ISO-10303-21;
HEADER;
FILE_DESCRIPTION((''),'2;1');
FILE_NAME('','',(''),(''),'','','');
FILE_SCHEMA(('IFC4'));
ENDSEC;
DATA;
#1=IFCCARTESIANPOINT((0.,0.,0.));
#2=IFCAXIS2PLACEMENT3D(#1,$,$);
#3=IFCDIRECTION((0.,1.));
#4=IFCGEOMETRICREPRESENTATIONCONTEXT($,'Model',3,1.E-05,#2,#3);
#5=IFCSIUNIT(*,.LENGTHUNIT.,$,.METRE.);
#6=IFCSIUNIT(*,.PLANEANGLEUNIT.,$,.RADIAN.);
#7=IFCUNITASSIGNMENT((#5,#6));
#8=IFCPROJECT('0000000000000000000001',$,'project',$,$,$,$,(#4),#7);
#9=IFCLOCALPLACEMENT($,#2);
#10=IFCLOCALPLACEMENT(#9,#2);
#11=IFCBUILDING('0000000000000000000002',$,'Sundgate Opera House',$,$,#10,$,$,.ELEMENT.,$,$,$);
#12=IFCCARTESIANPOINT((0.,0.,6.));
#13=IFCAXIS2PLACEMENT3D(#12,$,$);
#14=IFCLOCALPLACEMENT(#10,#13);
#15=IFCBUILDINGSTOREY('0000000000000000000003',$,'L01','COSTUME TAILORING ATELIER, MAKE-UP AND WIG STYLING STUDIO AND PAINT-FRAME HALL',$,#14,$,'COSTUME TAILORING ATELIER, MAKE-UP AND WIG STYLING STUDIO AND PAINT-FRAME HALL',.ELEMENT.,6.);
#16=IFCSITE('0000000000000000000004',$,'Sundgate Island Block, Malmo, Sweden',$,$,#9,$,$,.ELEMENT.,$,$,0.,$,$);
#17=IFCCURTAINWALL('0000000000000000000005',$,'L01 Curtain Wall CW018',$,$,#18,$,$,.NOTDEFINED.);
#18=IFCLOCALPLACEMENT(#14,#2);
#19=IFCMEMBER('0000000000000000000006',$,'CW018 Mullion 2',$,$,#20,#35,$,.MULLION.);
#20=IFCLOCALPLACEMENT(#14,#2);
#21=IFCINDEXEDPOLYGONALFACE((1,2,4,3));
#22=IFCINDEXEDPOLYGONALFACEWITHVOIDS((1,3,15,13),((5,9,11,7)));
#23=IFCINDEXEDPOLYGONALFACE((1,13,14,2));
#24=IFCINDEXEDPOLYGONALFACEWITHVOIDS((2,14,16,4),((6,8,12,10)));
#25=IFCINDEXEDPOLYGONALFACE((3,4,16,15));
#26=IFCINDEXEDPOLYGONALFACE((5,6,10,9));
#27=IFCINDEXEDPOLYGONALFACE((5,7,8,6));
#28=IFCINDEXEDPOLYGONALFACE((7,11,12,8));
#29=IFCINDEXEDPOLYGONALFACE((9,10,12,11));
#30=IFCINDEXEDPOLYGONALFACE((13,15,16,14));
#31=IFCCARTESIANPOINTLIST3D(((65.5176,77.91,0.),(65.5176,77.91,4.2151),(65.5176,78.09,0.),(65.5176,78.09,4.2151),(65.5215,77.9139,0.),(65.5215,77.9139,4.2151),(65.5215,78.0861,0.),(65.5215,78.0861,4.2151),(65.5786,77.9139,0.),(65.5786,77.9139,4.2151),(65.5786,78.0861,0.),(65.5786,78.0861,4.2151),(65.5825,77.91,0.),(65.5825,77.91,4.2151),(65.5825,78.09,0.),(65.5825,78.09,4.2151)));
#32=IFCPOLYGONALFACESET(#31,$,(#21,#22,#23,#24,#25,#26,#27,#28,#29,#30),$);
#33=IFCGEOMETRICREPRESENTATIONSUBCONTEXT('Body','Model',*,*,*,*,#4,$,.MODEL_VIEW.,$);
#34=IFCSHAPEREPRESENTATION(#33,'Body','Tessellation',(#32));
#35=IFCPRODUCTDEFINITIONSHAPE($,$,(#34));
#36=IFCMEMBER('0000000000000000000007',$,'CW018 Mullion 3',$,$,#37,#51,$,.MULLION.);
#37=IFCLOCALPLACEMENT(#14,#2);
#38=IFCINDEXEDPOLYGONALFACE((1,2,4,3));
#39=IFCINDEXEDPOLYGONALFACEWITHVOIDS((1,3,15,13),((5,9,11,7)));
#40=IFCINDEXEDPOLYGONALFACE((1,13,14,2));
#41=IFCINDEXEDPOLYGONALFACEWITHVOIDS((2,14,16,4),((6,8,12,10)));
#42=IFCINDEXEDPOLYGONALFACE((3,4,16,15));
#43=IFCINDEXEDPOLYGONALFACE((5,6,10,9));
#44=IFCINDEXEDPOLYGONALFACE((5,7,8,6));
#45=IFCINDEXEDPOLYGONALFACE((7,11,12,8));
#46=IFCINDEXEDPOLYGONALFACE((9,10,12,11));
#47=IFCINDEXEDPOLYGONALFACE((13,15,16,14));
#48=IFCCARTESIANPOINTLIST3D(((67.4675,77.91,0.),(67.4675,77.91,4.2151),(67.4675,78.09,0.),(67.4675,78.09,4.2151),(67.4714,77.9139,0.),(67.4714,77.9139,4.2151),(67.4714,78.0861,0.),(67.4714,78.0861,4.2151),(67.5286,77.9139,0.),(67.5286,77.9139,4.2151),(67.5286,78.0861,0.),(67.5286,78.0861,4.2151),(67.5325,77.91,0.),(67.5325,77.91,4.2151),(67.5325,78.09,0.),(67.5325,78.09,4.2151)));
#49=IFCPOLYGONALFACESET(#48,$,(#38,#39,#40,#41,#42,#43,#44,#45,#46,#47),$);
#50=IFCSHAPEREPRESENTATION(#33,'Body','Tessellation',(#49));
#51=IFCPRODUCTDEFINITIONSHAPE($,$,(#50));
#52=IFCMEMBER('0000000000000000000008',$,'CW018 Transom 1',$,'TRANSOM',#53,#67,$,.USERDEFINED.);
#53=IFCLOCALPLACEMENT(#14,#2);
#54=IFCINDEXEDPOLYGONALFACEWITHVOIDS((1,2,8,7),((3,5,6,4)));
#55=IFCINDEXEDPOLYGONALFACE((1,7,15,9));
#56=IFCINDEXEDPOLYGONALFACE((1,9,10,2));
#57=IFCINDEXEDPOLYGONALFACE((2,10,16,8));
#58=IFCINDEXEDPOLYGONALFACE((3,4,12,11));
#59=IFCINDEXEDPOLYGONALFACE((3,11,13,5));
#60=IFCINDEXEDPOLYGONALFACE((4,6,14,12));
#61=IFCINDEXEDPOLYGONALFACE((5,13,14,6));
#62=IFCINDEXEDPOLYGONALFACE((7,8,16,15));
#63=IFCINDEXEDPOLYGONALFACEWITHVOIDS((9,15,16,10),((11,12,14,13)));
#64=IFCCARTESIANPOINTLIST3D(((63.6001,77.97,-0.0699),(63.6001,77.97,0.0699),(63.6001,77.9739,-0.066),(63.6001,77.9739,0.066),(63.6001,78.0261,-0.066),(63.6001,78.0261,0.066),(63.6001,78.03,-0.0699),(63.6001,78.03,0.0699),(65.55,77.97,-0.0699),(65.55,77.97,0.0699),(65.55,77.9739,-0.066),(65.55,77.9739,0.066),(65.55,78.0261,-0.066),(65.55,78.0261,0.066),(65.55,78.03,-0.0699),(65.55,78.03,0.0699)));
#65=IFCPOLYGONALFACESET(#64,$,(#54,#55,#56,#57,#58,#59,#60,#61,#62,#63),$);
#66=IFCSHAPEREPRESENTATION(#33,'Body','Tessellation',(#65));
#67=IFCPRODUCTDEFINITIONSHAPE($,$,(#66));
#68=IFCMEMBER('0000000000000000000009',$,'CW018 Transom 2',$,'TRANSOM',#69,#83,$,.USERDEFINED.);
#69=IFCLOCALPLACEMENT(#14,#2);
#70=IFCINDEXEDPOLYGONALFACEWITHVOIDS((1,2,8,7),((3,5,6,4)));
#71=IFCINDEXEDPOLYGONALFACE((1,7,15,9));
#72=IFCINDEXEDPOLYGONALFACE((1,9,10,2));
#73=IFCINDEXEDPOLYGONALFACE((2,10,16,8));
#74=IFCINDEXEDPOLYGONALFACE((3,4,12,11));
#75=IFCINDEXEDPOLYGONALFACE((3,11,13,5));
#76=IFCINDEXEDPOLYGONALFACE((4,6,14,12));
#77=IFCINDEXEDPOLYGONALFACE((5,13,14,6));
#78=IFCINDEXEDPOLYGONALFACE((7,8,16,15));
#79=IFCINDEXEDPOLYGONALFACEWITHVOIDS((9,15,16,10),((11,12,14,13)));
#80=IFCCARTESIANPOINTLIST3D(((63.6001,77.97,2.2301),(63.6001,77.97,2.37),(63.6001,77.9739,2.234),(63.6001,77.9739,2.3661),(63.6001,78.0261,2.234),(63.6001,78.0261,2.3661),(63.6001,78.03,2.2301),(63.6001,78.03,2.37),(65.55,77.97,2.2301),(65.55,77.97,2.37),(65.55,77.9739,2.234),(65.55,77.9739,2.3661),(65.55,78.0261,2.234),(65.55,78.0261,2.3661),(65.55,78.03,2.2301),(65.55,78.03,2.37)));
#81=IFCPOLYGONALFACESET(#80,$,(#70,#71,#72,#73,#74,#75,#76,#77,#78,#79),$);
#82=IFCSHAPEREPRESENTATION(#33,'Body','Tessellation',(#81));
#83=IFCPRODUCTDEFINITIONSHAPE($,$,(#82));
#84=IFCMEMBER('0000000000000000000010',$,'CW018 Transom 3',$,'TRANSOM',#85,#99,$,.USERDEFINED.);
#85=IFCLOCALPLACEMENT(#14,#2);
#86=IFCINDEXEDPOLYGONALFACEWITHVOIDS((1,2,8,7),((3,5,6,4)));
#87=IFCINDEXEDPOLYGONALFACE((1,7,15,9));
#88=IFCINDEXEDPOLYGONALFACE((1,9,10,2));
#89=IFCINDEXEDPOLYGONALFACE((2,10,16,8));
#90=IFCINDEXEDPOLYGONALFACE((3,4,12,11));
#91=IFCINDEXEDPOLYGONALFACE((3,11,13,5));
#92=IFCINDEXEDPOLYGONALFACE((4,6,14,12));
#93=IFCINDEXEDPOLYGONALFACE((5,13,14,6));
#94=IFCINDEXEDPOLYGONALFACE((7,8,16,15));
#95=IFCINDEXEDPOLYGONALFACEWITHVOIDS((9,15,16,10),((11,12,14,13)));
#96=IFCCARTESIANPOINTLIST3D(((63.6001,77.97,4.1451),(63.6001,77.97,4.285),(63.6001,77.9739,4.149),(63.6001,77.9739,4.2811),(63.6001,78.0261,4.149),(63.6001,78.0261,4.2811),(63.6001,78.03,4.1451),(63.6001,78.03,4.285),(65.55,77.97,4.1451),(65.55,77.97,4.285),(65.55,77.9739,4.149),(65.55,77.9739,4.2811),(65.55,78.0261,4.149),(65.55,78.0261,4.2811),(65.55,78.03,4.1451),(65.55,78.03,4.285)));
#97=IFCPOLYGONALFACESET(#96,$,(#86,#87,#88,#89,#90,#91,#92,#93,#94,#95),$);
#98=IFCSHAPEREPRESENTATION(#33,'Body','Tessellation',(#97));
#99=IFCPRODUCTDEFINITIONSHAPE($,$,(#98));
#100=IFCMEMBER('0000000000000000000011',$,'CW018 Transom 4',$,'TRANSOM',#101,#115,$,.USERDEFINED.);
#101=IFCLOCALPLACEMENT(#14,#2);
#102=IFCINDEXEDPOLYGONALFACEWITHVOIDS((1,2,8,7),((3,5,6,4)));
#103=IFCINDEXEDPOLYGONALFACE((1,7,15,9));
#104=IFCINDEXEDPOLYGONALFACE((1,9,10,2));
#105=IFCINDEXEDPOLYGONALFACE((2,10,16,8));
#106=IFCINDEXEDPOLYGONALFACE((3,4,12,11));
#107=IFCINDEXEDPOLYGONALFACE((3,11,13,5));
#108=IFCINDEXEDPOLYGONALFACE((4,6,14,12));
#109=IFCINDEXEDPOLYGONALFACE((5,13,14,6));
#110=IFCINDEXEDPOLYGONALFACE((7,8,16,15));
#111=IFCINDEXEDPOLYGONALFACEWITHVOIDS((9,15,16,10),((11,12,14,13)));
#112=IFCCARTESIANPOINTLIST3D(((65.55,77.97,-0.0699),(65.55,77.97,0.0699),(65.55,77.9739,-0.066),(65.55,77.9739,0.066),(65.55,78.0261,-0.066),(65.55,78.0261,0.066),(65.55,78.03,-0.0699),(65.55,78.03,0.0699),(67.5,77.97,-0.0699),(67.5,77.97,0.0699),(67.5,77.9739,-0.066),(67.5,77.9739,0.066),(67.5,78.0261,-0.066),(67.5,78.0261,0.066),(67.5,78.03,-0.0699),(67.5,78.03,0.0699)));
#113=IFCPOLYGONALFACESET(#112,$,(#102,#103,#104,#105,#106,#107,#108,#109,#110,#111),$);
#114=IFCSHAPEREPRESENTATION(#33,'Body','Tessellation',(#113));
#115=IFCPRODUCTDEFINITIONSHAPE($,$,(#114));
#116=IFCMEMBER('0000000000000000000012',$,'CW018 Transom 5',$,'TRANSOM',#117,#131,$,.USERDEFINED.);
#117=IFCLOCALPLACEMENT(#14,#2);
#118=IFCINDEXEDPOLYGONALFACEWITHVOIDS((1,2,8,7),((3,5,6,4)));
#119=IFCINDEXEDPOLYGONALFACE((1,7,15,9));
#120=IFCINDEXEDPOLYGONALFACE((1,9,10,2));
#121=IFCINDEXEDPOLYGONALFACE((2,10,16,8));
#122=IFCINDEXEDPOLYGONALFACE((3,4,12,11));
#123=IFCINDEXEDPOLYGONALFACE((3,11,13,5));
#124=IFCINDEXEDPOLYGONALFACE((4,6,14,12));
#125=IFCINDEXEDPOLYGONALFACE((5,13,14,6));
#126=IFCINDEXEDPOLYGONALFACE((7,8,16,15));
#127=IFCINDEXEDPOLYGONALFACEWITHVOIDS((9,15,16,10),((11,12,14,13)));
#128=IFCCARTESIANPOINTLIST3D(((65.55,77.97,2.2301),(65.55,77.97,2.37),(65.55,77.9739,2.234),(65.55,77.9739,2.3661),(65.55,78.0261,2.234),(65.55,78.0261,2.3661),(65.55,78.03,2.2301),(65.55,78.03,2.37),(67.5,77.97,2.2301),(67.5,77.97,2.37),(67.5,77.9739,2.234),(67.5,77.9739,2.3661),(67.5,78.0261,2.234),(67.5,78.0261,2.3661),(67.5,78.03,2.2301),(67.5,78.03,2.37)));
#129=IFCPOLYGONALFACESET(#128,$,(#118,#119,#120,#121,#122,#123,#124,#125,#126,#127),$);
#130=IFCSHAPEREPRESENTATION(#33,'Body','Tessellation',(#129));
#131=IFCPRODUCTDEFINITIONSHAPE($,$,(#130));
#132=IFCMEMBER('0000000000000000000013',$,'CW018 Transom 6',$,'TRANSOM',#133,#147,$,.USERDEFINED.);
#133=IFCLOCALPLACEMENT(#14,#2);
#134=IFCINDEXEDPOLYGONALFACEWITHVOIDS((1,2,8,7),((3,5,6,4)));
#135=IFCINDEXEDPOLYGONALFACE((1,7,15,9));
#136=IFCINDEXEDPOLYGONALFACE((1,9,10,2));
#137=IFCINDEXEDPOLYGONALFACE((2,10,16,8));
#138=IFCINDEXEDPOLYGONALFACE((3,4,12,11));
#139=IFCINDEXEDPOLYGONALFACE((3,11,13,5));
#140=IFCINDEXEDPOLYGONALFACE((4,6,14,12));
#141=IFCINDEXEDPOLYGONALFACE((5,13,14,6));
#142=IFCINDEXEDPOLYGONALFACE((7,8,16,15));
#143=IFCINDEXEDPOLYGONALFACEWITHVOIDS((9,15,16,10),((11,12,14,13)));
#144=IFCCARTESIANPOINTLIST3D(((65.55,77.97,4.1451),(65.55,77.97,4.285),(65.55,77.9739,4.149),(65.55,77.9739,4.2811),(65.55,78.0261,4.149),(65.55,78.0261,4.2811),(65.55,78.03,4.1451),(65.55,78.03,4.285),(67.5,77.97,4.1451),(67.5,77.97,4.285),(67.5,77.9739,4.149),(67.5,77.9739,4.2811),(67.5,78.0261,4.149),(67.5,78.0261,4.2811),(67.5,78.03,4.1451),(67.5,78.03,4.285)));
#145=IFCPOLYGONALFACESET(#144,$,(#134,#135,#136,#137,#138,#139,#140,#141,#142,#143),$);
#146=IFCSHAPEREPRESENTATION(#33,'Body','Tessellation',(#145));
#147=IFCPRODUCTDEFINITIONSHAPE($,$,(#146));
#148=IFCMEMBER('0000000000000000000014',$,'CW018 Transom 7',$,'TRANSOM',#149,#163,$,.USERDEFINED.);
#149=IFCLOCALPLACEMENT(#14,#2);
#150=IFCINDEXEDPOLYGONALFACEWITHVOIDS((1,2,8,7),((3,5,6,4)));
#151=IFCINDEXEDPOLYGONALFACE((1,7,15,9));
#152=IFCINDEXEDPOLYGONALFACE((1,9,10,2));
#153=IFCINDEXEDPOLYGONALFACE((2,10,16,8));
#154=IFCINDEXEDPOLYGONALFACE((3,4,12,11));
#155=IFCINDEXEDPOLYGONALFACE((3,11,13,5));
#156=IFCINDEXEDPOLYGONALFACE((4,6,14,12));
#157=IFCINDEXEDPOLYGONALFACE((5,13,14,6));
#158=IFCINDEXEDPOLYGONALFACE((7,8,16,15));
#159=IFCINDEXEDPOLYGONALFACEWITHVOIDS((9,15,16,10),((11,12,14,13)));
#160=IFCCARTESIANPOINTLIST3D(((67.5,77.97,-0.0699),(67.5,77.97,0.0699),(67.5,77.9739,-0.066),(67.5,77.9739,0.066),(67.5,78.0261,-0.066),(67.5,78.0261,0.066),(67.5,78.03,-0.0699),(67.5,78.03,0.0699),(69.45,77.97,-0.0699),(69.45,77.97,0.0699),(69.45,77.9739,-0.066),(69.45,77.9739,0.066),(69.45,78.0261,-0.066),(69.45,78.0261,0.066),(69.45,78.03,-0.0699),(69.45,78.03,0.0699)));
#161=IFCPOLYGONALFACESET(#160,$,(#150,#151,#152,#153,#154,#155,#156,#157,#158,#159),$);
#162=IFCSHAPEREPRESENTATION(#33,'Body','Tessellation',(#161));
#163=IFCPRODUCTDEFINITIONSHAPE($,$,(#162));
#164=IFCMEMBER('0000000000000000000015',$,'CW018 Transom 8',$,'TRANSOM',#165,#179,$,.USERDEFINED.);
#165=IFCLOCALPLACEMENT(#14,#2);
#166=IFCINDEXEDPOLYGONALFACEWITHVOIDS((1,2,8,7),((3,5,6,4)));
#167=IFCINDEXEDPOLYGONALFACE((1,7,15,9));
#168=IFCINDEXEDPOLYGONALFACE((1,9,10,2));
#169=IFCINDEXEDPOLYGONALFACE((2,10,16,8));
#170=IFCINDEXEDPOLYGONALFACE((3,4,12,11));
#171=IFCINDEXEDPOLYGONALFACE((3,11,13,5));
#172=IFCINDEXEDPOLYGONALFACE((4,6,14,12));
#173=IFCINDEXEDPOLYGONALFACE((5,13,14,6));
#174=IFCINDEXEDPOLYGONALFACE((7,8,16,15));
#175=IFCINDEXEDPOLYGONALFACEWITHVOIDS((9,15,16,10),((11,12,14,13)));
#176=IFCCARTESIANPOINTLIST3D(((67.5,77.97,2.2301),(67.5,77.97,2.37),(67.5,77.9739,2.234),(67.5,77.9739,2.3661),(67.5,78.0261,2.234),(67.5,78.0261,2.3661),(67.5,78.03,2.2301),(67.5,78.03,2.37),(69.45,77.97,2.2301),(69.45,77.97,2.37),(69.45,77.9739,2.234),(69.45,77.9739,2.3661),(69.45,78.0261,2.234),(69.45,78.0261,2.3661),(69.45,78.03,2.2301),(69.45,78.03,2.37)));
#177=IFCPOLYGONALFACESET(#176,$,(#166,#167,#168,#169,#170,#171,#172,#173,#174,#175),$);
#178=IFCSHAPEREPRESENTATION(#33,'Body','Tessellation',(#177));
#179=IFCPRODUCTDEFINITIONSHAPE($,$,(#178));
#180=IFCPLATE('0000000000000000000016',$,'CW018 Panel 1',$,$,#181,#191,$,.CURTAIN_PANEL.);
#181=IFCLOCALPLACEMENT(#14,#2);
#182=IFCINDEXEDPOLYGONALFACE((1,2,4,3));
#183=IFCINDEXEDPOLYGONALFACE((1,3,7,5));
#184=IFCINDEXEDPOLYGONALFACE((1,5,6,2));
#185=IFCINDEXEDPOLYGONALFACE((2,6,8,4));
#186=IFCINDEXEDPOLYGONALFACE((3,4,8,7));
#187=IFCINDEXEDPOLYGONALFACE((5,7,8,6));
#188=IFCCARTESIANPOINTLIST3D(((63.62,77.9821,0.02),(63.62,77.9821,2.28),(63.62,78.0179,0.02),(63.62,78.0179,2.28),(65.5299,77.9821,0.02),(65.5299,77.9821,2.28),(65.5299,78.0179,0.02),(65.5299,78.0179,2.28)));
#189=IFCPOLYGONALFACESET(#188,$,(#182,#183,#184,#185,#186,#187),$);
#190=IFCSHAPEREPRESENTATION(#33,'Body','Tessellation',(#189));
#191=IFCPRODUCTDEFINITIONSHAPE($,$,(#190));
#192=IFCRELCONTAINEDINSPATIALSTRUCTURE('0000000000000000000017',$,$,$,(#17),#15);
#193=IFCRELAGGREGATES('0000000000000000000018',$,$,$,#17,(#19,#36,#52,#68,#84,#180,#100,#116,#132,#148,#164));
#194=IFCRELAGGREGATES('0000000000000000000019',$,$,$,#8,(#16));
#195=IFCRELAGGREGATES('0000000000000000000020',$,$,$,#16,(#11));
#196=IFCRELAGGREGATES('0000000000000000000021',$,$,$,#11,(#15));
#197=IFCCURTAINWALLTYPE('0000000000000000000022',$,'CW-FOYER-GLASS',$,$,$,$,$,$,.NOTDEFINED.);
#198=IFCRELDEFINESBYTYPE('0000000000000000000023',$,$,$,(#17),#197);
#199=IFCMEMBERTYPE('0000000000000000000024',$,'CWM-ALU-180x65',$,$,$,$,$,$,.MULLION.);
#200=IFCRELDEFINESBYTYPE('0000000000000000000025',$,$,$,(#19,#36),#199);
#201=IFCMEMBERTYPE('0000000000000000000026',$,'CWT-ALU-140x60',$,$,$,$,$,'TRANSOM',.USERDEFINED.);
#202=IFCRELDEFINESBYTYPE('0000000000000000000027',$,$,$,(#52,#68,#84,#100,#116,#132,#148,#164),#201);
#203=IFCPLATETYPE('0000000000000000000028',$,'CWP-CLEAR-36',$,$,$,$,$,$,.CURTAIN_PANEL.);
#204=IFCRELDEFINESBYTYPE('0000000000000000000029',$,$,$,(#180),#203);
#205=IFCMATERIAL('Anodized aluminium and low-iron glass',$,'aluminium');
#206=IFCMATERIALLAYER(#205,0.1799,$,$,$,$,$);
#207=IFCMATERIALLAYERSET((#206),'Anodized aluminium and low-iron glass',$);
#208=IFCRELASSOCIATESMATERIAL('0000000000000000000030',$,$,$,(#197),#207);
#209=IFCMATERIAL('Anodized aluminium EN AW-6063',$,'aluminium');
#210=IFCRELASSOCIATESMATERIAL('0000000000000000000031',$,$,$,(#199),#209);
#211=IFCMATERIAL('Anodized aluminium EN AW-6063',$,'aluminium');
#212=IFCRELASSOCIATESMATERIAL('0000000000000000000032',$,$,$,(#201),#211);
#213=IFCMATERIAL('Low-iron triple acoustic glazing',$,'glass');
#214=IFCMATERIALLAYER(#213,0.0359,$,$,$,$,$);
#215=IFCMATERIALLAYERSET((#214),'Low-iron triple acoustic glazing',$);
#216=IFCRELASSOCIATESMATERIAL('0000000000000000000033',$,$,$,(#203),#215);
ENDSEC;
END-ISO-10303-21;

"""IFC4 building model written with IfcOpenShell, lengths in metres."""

from ifc_helpers import new_model, si_unit, direction, frame, origin, origin_2d, place, context, subcontext, project, spatial, rectangle, hollow_rectangle, extrude, material, layer, layer_set, material_profile, profile_set, type_object, element, aggregate, save


model = new_model("IFC4")

# Units and contexts
model_context = context("Model", 3, precision=1e-05, world=origin(), true_north=direction((0.0, 1.0)))
body_context = subcontext(model_context, "Body", "Model", "MODEL_VIEW")
ifc_project = project(units=[si_unit("LENGTHUNIT", "METRE"), si_unit("PLANEANGLEUNIT", "RADIAN")], contexts=[model_context])

# Site, building, storey
site_placement = place(None, origin())
site = spatial("IfcSite", under=ifc_project, at=site_placement, Name="Sundgate Island Block, Malmo, Sweden", CompositionType="ELEMENT", RefElevation=0.0)
building_placement = place(site_placement, origin())
building = spatial("IfcBuilding", under=site, at=building_placement, Name="Sundgate Opera House", CompositionType="ELEMENT")
storey_placement = place(building_placement, frame((0.0, 0.0, 6.0)))
storey = spatial("IfcBuildingStorey", under=building, at=storey_placement, Name="L01", Description="COSTUME TAILORING ATELIER, MAKE-UP AND WIG STYLING STUDIO AND PAINT-FRAME HALL", LongName="COSTUME TAILORING ATELIER, MAKE-UP AND WIG STYLING STUDIO AND PAINT-FRAME HALL", CompositionType="ELEMENT", Elevation=6.0)

# Curtain wall, members, plate
ifc_material_1 = material(Name="Anodized aluminium and low-iron glass", Category="aluminium")
ifc_layer_1 = layer(ifc_material_1, 0.1799)
ifc_layer_set_1 = layer_set([ifc_layer_1], Name="Anodized aluminium and low-iron glass")
curtain_wall_type = type_object("IfcCurtainWallType", Name="CW-FOYER-GLASS", PredefinedType="NOTDEFINED", material=ifc_layer_set_1)
curtain_wall_placement = place(storey_placement, origin())
curtain_wall = element("IfcCurtainWall", 1, at=curtain_wall_placement, inside=storey, type_object=curtain_wall_type, Name="L01 Curtain Wall CW018", PredefinedType="NOTDEFINED")
ifc_material_2 = material(Name="Anodized aluminium EN AW-6063", Category="aluminium")
ifc_material_profile_1 = material_profile(ifc_material_2, hollow_rectangle(XDim=0.0649, YDim=0.1799, WallThickness=0.0039, at=origin_2d()), Name="CWM 180x65x4")
ifc_profile_set_1 = profile_set([ifc_material_profile_1], Name="Anodized aluminium EN AW-6063")
member_type_1 = type_object("IfcMemberType", Name="CWM-ALU-180x65", PredefinedType="MULLION", material=ifc_profile_set_1)
member_1_placement = place(storey_placement, frame((65.55, 78.0, 0.0), z_axis=(0.0, 0.0, 1.0), x_axis=(1.0, 0.0, 0.0)))
member_1 = element("IfcMember", 2, at=member_1_placement, type_object=member_type_1, Name="CW018 Mullion 2", PredefinedType="MULLION", context=body_context, shape_type="SweptSolid", body=[
    extrude(hollow_rectangle(XDim=0.0649, YDim=0.1799, WallThickness=0.0039, at=origin_2d()), origin(), (0.0, 0.0, 1.0), 4.2151),
])
member_2_placement = place(storey_placement, frame((67.5, 78.0, 0.0), z_axis=(0.0, 0.0, 1.0), x_axis=(1.0, 0.0, 0.0)))
member_2 = element("IfcMember", 3, at=member_2_placement, type_object=member_type_1, Name="CW018 Mullion 3", PredefinedType="MULLION", context=body_context, shape_type="SweptSolid", body=[
    extrude(hollow_rectangle(XDim=0.0649, YDim=0.1799, WallThickness=0.0039, at=origin_2d()), origin(), (0.0, 0.0, 1.0), 4.2151),
])
ifc_material_3 = material(Name="Anodized aluminium EN AW-6063", Category="aluminium")
ifc_material_profile_2 = material_profile(ifc_material_3, hollow_rectangle(XDim=0.0601, YDim=0.1399, WallThickness=0.0039, at=origin_2d()), Name="CWT 140x60x4")
ifc_profile_set_2 = profile_set([ifc_material_profile_2], Name="Anodized aluminium EN AW-6063")
member_type_2 = type_object("IfcMemberType", Name="CWT-ALU-140x60", ElementType="TRANSOM", PredefinedType="USERDEFINED", material=ifc_profile_set_2)
member_3_placement = place(storey_placement, frame((63.6001, 78.0, 0.0), z_axis=(1.0, 0.0, 0.0), x_axis=(0.0, 1.0, 0.0)))
member_3 = element("IfcMember", 4, at=member_3_placement, type_object=member_type_2, Name="CW018 Transom 1", ObjectType="TRANSOM", PredefinedType="USERDEFINED", context=body_context, shape_type="SweptSolid", body=[
    extrude(hollow_rectangle(XDim=0.0601, YDim=0.1399, WallThickness=0.0039, at=origin_2d()), origin(), (0.0, 0.0, 1.0), 1.95),
])
member_4_placement = place(storey_placement, frame((63.6001, 78.0, 2.3), z_axis=(1.0, 0.0, 0.0), x_axis=(0.0, 1.0, 0.0)))
member_4 = element("IfcMember", 5, at=member_4_placement, type_object=member_type_2, Name="CW018 Transom 2", ObjectType="TRANSOM", PredefinedType="USERDEFINED", context=body_context, shape_type="SweptSolid", body=[
    extrude(hollow_rectangle(XDim=0.0601, YDim=0.1399, WallThickness=0.0039, at=origin_2d()), origin(), (0.0, 0.0, 1.0), 1.95),
])
member_5_placement = place(storey_placement, frame((63.6001, 78.0, 4.2151), z_axis=(1.0, 0.0, 0.0), x_axis=(0.0, 1.0, 0.0)))
member_5 = element("IfcMember", 6, at=member_5_placement, type_object=member_type_2, Name="CW018 Transom 3", ObjectType="TRANSOM", PredefinedType="USERDEFINED", context=body_context, shape_type="SweptSolid", body=[
    extrude(hollow_rectangle(XDim=0.0601, YDim=0.1399, WallThickness=0.0039, at=origin_2d()), origin(), (0.0, 0.0, 1.0), 1.95),
])
member_6_placement = place(storey_placement, frame((65.55, 78.0, 0.0), z_axis=(1.0, 0.0, 0.0), x_axis=(0.0, 1.0, 0.0)))
member_6 = element("IfcMember", 7, at=member_6_placement, type_object=member_type_2, Name="CW018 Transom 4", ObjectType="TRANSOM", PredefinedType="USERDEFINED", context=body_context, shape_type="SweptSolid", body=[
    extrude(hollow_rectangle(XDim=0.0601, YDim=0.1399, WallThickness=0.0039, at=origin_2d()), origin(), (0.0, 0.0, 1.0), 1.95),
])
member_7_placement = place(storey_placement, frame((65.55, 78.0, 2.3), z_axis=(1.0, 0.0, 0.0), x_axis=(0.0, 1.0, 0.0)))
member_7 = element("IfcMember", 8, at=member_7_placement, type_object=member_type_2, Name="CW018 Transom 5", ObjectType="TRANSOM", PredefinedType="USERDEFINED", context=body_context, shape_type="SweptSolid", body=[
    extrude(hollow_rectangle(XDim=0.0601, YDim=0.1399, WallThickness=0.0039, at=origin_2d()), origin(), (0.0, 0.0, 1.0), 1.95),
])
member_8_placement = place(storey_placement, frame((65.55, 78.0, 4.2151), z_axis=(1.0, 0.0, 0.0), x_axis=(0.0, 1.0, 0.0)))
member_8 = element("IfcMember", 9, at=member_8_placement, type_object=member_type_2, Name="CW018 Transom 6", ObjectType="TRANSOM", PredefinedType="USERDEFINED", context=body_context, shape_type="SweptSolid", body=[
    extrude(hollow_rectangle(XDim=0.0601, YDim=0.1399, WallThickness=0.0039, at=origin_2d()), origin(), (0.0, 0.0, 1.0), 1.95),
])
member_9_placement = place(storey_placement, frame((67.5, 78.0, 0.0), z_axis=(1.0, 0.0, 0.0), x_axis=(0.0, 1.0, 0.0)))
member_9 = element("IfcMember", 10, at=member_9_placement, type_object=member_type_2, Name="CW018 Transom 7", ObjectType="TRANSOM", PredefinedType="USERDEFINED", context=body_context, shape_type="SweptSolid", body=[
    extrude(hollow_rectangle(XDim=0.0601, YDim=0.1399, WallThickness=0.0039, at=origin_2d()), origin(), (0.0, 0.0, 1.0), 1.95),
])
member_10_placement = place(storey_placement, frame((67.5, 78.0, 2.3), z_axis=(1.0, 0.0, 0.0), x_axis=(0.0, 1.0, 0.0)))
member_10 = element("IfcMember", 11, at=member_10_placement, type_object=member_type_2, Name="CW018 Transom 8", ObjectType="TRANSOM", PredefinedType="USERDEFINED", context=body_context, shape_type="SweptSolid", body=[
    extrude(hollow_rectangle(XDim=0.0601, YDim=0.1399, WallThickness=0.0039, at=origin_2d()), origin(), (0.0, 0.0, 1.0), 1.95),
])
ifc_material_4 = material(Name="Low-iron triple acoustic glazing", Category="glass")
ifc_layer_2 = layer(ifc_material_4, 0.0359)
ifc_layer_set_2 = layer_set([ifc_layer_2], Name="Low-iron triple acoustic glazing")
plate_type = type_object("IfcPlateType", Name="CWP-CLEAR-36", PredefinedType="CURTAIN_PANEL", material=ifc_layer_set_2)
plate_1_placement = place(storey_placement, frame((64.575, 78.0, 0.02), z_axis=(0.0, 0.0, 1.0), x_axis=(1.0, 0.0, 0.0)))
plate_1 = element("IfcPlate", 12, at=plate_1_placement, type_object=plate_type, Name="CW018 Panel 1", PredefinedType="CURTAIN_PANEL", context=body_context, shape_type="SweptSolid", body=[
    extrude(rectangle(XDim=1.9099, YDim=0.0359, at=origin_2d()), origin(), (0.0, 0.0, 1.0), 2.26),
])
aggregate(curtain_wall, [member_1, member_2, member_3, member_4, member_5, plate_1, member_6, member_7, member_8, member_9, member_10])

save(model, "model.ifc")
